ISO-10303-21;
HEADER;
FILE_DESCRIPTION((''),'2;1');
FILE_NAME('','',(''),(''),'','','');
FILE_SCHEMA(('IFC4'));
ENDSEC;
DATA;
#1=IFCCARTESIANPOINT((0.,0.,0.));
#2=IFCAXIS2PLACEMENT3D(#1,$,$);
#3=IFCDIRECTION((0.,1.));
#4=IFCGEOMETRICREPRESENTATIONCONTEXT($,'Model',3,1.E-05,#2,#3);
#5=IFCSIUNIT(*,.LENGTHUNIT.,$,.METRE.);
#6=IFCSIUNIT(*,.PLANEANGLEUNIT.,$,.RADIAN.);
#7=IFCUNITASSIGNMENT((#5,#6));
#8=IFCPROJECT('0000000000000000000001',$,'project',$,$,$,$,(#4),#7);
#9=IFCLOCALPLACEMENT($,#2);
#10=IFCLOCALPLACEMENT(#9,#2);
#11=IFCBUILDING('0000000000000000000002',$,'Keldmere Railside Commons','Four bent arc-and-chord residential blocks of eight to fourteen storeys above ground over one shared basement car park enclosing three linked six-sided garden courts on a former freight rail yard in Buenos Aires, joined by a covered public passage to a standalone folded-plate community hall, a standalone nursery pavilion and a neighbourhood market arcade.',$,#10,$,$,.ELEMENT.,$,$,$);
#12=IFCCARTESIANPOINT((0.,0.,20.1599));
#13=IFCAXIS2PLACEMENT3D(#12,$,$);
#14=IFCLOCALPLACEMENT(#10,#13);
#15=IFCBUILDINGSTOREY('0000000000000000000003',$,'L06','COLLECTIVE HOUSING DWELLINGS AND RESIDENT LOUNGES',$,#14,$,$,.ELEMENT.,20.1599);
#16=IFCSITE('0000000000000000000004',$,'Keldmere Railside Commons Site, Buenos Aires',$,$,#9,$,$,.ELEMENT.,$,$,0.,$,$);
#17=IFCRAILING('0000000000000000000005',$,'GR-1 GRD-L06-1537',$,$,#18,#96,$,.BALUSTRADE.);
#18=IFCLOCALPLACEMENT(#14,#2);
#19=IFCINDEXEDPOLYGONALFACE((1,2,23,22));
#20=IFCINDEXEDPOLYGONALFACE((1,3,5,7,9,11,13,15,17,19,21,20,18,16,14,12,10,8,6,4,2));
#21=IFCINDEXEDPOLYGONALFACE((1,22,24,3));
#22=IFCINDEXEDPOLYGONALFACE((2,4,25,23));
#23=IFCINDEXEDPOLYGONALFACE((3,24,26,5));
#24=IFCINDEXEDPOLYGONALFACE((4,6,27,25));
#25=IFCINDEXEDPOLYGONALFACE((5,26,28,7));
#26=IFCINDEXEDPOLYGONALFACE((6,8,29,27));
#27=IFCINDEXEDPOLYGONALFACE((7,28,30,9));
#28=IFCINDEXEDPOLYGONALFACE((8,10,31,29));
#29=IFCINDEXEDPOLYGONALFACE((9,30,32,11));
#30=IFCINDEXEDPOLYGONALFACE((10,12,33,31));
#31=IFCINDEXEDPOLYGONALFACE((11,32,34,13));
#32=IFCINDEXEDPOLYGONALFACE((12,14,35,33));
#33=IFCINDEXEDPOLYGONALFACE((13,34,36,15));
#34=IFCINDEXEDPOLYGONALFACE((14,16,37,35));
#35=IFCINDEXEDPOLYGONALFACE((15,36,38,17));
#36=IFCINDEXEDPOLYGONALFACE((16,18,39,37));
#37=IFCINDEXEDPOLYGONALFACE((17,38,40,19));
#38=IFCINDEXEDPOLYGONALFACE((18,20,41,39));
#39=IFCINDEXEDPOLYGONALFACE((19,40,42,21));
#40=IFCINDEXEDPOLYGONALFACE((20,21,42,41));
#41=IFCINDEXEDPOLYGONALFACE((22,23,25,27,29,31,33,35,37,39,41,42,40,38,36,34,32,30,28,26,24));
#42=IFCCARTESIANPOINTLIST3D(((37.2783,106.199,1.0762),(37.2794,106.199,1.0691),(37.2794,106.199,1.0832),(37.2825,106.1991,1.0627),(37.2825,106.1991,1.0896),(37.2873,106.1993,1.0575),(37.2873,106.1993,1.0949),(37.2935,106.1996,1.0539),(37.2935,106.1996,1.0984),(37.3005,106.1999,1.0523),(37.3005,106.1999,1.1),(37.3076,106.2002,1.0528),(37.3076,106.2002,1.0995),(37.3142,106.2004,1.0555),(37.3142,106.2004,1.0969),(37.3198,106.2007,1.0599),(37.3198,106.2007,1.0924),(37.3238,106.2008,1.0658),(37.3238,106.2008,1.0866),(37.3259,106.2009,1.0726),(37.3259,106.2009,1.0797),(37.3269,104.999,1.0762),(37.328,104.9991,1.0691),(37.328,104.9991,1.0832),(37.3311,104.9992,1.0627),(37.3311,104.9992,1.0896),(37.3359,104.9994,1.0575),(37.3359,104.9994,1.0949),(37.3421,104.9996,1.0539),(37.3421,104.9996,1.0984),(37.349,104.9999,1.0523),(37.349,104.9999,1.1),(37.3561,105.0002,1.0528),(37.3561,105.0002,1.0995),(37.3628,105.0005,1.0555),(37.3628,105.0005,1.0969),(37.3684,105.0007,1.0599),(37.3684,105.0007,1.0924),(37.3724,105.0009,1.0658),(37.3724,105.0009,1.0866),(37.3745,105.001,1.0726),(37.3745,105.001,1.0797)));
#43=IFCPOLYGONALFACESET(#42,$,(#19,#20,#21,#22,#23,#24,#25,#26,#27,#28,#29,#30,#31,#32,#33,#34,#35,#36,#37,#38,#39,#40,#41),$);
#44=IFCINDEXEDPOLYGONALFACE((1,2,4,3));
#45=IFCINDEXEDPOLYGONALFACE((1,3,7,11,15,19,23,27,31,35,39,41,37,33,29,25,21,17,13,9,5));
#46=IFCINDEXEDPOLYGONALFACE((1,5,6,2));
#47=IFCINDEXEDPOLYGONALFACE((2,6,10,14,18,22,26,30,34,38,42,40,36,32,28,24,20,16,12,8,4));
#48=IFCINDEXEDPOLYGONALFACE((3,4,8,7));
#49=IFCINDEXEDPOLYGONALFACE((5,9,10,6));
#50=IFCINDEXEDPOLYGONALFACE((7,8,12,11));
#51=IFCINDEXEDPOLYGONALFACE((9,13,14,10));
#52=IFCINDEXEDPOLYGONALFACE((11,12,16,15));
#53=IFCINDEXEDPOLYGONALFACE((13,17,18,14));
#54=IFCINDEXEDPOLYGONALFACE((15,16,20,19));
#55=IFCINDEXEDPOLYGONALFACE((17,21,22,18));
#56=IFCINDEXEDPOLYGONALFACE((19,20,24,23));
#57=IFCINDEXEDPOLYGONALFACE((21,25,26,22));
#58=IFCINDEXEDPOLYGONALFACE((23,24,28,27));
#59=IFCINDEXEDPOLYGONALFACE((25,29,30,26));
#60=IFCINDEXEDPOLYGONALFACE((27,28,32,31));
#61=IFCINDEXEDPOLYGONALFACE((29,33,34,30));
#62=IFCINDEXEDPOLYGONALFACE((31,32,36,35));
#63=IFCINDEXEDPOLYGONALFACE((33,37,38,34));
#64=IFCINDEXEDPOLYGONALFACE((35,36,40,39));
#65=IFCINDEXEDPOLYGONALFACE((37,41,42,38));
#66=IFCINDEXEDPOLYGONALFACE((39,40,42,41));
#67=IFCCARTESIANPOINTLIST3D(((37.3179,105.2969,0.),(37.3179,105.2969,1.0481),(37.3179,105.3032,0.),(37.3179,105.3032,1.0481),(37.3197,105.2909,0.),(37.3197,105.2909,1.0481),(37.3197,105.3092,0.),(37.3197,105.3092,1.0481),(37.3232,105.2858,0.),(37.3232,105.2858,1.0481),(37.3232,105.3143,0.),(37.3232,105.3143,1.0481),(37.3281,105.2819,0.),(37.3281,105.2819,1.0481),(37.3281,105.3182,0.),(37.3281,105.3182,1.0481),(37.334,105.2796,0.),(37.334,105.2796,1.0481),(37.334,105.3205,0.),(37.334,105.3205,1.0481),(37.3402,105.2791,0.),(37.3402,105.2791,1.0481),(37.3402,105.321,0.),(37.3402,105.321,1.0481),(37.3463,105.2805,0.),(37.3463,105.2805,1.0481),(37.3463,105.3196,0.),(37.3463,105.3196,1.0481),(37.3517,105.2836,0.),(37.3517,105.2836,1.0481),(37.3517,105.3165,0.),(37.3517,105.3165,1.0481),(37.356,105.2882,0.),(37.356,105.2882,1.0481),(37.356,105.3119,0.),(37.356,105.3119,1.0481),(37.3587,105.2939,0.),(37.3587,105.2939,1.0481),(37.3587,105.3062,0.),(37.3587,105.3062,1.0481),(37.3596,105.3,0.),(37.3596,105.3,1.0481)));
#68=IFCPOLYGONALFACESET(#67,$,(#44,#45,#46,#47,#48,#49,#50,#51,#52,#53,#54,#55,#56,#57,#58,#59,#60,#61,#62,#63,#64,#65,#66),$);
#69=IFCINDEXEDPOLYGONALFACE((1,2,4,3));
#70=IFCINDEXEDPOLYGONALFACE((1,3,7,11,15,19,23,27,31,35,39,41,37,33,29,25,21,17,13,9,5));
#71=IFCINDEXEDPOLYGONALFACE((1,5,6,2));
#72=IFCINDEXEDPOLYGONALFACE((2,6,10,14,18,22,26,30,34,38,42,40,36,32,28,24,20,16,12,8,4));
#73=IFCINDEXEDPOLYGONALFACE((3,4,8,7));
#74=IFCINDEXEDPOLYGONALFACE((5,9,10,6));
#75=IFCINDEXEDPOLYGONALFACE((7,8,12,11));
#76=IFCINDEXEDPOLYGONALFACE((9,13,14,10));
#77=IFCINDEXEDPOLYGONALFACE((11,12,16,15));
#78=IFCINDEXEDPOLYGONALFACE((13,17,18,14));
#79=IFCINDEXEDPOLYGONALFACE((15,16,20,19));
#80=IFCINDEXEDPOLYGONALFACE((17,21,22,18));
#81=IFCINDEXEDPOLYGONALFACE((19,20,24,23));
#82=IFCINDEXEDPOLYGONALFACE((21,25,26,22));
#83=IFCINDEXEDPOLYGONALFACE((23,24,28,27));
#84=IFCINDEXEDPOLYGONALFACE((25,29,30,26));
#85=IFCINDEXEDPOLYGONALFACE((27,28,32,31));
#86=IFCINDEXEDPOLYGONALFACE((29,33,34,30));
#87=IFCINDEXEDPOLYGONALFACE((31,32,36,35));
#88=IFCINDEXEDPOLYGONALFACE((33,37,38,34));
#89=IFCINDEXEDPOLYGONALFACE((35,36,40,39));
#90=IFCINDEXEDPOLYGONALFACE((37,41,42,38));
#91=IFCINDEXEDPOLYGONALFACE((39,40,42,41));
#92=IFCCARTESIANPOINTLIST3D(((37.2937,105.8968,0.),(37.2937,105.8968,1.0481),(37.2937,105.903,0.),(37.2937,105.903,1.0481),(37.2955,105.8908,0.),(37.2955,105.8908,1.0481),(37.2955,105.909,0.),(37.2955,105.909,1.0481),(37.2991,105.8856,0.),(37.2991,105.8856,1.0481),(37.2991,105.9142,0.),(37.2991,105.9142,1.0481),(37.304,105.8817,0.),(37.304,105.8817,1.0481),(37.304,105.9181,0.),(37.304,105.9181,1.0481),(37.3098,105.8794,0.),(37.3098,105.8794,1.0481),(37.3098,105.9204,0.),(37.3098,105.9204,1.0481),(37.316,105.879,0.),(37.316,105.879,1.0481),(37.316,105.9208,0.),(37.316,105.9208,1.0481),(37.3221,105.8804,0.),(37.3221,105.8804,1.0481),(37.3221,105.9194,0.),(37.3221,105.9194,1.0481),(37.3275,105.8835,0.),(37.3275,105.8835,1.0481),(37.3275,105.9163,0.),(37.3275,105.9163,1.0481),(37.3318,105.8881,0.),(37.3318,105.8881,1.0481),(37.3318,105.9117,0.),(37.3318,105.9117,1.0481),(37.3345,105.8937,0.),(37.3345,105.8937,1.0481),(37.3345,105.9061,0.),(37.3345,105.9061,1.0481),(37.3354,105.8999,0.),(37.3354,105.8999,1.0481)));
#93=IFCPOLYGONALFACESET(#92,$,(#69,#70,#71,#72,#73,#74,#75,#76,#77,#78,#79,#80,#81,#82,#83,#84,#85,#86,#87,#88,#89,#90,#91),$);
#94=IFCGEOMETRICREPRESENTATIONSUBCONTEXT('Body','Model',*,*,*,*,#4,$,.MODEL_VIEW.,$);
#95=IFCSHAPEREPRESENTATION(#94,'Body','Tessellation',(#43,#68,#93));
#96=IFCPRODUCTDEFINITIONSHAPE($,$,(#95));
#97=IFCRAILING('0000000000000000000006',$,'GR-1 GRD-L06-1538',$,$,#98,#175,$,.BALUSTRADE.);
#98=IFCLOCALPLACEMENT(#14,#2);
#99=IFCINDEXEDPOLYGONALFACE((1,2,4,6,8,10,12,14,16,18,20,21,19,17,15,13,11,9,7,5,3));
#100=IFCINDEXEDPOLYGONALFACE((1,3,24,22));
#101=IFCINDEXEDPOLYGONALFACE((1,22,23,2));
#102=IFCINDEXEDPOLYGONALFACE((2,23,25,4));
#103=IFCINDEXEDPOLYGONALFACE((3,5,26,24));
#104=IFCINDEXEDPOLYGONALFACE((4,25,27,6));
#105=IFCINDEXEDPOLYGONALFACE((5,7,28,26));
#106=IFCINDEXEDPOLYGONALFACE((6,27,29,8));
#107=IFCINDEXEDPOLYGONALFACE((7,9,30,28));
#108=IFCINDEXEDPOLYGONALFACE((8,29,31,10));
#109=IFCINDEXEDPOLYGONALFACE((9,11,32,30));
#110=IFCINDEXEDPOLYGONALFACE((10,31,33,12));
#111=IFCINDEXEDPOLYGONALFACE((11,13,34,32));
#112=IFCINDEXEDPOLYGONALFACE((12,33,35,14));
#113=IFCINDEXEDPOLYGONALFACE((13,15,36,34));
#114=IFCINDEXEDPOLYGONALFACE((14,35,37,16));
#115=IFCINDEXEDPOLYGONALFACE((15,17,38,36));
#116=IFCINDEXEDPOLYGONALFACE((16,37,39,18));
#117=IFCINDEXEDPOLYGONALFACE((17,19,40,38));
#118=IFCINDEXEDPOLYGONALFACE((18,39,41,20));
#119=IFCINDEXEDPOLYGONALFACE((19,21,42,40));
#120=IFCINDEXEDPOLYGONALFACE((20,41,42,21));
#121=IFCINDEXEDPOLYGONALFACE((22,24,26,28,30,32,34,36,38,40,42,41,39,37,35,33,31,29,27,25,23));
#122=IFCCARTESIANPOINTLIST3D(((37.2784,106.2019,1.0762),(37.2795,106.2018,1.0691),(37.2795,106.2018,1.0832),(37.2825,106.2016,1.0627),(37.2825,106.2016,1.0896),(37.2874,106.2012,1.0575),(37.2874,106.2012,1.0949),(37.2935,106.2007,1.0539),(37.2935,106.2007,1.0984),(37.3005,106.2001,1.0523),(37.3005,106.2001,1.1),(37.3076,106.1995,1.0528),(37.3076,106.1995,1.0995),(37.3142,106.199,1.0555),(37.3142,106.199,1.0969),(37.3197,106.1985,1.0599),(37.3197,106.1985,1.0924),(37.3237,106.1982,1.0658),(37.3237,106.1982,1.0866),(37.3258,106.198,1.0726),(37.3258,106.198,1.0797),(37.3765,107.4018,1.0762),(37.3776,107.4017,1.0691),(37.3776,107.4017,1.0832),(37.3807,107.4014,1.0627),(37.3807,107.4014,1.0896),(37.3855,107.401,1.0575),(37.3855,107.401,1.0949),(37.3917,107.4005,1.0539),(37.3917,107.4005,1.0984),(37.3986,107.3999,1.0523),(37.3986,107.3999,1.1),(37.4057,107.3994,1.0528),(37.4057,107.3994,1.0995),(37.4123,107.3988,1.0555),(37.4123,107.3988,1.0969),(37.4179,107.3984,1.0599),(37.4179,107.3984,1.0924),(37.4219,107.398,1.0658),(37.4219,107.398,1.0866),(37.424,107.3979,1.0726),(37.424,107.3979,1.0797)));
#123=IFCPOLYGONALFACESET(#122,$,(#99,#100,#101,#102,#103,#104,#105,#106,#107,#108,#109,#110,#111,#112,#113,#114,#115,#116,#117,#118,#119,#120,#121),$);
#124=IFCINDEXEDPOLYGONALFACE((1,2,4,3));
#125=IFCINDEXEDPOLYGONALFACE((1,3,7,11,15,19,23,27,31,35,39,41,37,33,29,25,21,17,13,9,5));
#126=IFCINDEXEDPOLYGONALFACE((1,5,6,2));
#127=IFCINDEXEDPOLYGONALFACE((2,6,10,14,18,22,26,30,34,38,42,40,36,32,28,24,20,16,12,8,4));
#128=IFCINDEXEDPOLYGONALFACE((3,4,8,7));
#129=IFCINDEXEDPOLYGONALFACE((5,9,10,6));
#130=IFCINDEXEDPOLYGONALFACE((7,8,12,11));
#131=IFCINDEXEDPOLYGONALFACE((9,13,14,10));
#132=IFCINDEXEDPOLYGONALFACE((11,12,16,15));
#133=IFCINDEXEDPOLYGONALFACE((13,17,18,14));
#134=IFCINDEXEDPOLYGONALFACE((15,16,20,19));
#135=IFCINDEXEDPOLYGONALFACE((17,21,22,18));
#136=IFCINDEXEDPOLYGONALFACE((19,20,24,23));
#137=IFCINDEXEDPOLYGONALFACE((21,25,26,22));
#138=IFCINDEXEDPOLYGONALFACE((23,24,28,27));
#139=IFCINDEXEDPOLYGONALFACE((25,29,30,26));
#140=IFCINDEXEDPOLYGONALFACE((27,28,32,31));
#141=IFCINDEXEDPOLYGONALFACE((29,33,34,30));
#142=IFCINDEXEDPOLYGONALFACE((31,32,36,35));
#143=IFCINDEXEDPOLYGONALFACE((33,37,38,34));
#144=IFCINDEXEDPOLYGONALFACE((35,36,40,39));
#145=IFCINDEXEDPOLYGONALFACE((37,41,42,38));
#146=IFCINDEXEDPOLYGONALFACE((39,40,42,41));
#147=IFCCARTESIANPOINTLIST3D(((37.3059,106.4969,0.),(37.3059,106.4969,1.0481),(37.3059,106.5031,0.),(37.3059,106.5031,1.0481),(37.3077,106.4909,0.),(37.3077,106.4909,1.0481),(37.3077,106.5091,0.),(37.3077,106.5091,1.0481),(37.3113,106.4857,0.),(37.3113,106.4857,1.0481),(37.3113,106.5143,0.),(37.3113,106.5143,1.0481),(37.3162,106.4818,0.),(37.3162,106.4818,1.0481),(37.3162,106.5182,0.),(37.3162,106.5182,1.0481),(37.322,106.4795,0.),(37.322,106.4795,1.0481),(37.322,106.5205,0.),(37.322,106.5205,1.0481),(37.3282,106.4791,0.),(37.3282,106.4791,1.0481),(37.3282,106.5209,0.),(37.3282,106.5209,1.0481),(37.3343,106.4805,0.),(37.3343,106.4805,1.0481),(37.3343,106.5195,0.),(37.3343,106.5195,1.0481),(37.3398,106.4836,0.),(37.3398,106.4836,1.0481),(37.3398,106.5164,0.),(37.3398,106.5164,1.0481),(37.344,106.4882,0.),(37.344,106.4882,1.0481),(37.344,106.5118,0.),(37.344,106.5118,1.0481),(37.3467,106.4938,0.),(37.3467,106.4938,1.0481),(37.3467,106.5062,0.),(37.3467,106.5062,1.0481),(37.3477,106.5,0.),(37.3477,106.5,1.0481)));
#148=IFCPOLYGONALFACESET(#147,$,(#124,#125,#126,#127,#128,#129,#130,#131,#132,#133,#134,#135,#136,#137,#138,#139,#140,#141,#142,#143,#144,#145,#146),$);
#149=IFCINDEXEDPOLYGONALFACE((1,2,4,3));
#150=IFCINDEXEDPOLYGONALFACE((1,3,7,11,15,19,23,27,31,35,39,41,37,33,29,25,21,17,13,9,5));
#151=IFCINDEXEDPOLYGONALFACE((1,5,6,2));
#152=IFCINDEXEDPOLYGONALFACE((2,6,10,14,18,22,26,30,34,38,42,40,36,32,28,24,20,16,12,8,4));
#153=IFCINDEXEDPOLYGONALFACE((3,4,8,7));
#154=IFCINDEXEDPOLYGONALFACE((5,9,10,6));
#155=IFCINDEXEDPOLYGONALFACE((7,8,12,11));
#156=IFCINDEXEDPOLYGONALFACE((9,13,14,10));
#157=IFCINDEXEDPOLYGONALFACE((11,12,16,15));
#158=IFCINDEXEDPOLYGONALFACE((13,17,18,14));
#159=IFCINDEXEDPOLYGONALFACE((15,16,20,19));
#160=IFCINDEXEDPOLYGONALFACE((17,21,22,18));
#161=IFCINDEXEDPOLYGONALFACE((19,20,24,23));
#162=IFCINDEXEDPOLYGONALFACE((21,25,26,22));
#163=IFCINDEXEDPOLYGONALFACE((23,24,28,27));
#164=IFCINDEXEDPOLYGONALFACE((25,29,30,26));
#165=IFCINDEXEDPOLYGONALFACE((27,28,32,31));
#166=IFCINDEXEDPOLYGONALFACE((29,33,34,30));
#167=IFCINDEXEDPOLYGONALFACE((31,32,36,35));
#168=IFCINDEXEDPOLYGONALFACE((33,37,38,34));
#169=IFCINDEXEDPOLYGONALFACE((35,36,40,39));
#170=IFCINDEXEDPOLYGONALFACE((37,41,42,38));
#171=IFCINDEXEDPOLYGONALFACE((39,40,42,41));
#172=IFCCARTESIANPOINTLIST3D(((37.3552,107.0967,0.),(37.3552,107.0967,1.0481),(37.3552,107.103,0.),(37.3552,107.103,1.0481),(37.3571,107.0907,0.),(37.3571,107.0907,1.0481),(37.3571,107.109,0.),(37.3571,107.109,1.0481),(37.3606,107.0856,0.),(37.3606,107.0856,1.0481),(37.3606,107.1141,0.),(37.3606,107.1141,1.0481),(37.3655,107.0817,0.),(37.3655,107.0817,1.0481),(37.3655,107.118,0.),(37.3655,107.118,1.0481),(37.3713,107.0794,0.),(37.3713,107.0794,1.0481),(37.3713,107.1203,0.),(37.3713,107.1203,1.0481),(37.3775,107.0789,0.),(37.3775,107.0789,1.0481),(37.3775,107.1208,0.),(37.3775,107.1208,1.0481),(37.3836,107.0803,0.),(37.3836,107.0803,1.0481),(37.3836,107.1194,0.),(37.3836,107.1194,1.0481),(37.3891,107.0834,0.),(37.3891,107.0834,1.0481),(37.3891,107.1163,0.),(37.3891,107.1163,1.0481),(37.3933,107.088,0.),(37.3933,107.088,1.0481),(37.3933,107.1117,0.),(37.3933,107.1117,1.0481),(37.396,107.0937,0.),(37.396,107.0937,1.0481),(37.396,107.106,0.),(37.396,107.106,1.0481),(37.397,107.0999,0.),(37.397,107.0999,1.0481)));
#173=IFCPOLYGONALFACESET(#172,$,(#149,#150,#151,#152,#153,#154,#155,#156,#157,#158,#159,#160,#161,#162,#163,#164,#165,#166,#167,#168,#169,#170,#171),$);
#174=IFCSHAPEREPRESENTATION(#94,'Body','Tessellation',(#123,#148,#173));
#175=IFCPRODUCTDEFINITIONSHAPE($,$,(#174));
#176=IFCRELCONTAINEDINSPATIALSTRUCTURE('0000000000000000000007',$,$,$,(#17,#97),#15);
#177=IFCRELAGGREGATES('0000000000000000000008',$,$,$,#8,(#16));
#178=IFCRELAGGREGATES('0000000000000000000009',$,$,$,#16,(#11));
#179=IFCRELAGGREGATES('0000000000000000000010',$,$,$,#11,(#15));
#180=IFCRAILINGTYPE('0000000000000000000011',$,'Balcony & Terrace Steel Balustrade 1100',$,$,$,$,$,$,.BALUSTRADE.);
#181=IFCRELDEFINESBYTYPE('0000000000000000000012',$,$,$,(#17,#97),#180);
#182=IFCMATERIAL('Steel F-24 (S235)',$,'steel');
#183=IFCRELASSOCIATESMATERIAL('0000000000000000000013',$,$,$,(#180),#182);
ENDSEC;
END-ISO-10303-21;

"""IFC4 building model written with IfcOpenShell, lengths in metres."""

from ifc_helpers import new_model, si_unit, direction, frame, origin, origin_2d, place, context, subcontext, project, spatial, circle, extrude, material, type_object, element, save


model = new_model("IFC4")

# Units and contexts
model_context = context("Model", 3, precision=1e-05, world=origin(), true_north=direction((0.0, 1.0)))
body_context = subcontext(model_context, "Body", "Model", "MODEL_VIEW")
ifc_project = project(units=[si_unit("LENGTHUNIT", "METRE"), si_unit("PLANEANGLEUNIT", "RADIAN")], contexts=[model_context])

# Site, building, storey
site_placement = place(None, origin())
site = spatial("IfcSite", under=ifc_project, at=site_placement, Name="Keldmere Railside Commons Site, Buenos Aires", CompositionType="ELEMENT", RefElevation=0.0)
building_placement = place(site_placement, origin())
building = spatial("IfcBuilding", under=site, at=building_placement, Name="Keldmere Railside Commons", Description="Four bent arc-and-chord residential blocks of eight to fourteen storeys above ground over one shared basement car park enclosing three linked six-sided garden courts on a former freight rail yard in Buenos Aires, joined by a covered public passage to a standalone folded-plate community hall, a standalone nursery pavilion and a neighbourhood market arcade.", CompositionType="ELEMENT")
storey_placement = place(building_placement, frame((0.0, 0.0, 20.1599)))
storey = spatial("IfcBuildingStorey", under=building, at=storey_placement, Name="L06", Description="COLLECTIVE HOUSING DWELLINGS AND RESIDENT LOUNGES", CompositionType="ELEMENT", Elevation=20.1599)

# Shared definitions
ifc_material_1 = material(Name="Steel F-24 (S235)", Category="steel")

# Railings
railing_type = type_object("IfcRailingType", Name="Balcony & Terrace Steel Balustrade 1100", PredefinedType="BALUSTRADE", material=ifc_material_1)
railing_1_placement = place(storey_placement, frame((37.3508, 105.0, 0.0)))
element("IfcRailing", 1, at=railing_1_placement, inside=storey, type_object=railing_type, Name="GR-1 GRD-L06-1537", PredefinedType="BALUSTRADE", context=body_context, shape_type="SweptSolid", body=[
    extrude(circle(Radius=0.0239, at=origin_2d()), frame((0.0, 0.0, 1.0762), z_axis=(-0.040455, 0.999181, 0.0), x_axis=(-0.999181, -0.040455, 0.0)), (0.0, 0.0, 1.0), 1.2009),
    extrude(circle(Radius=0.021, at=origin_2d()), frame((-0.0122, 0.3, 0.0)), (0.0, 0.0, 1.0), 1.0481),
    extrude(circle(Radius=0.021, at=origin_2d()), frame((-0.0364, 0.8999, 0.0)), (0.0, 0.0, 1.0), 1.0481),
])
railing_2_placement = place(storey_placement, frame((37.3022, 106.2, 0.0)))
element("IfcRailing", 2, at=railing_2_placement, inside=storey, type_object=railing_type, Name="GR-1 GRD-L06-1538", PredefinedType="BALUSTRADE", context=body_context, shape_type="SweptSolid", body=[
    extrude(circle(Radius=0.0239, at=origin_2d()), frame((0.0, 0.0, 1.0762), z_axis=(0.081518, 0.996672, 0.0), x_axis=(-0.996672, 0.081518, 0.0)), (0.0, 0.0, 1.0), 1.2039),
    extrude(circle(Radius=0.021, at=origin_2d()), frame((0.0244, 0.3, 0.0)), (0.0, 0.0, 1.0), 1.0481),
    extrude(circle(Radius=0.021, at=origin_2d()), frame((0.0737, 0.8999, 0.0)), (0.0, 0.0, 1.0), 1.0481),
])

save(model, "model.ifc")
